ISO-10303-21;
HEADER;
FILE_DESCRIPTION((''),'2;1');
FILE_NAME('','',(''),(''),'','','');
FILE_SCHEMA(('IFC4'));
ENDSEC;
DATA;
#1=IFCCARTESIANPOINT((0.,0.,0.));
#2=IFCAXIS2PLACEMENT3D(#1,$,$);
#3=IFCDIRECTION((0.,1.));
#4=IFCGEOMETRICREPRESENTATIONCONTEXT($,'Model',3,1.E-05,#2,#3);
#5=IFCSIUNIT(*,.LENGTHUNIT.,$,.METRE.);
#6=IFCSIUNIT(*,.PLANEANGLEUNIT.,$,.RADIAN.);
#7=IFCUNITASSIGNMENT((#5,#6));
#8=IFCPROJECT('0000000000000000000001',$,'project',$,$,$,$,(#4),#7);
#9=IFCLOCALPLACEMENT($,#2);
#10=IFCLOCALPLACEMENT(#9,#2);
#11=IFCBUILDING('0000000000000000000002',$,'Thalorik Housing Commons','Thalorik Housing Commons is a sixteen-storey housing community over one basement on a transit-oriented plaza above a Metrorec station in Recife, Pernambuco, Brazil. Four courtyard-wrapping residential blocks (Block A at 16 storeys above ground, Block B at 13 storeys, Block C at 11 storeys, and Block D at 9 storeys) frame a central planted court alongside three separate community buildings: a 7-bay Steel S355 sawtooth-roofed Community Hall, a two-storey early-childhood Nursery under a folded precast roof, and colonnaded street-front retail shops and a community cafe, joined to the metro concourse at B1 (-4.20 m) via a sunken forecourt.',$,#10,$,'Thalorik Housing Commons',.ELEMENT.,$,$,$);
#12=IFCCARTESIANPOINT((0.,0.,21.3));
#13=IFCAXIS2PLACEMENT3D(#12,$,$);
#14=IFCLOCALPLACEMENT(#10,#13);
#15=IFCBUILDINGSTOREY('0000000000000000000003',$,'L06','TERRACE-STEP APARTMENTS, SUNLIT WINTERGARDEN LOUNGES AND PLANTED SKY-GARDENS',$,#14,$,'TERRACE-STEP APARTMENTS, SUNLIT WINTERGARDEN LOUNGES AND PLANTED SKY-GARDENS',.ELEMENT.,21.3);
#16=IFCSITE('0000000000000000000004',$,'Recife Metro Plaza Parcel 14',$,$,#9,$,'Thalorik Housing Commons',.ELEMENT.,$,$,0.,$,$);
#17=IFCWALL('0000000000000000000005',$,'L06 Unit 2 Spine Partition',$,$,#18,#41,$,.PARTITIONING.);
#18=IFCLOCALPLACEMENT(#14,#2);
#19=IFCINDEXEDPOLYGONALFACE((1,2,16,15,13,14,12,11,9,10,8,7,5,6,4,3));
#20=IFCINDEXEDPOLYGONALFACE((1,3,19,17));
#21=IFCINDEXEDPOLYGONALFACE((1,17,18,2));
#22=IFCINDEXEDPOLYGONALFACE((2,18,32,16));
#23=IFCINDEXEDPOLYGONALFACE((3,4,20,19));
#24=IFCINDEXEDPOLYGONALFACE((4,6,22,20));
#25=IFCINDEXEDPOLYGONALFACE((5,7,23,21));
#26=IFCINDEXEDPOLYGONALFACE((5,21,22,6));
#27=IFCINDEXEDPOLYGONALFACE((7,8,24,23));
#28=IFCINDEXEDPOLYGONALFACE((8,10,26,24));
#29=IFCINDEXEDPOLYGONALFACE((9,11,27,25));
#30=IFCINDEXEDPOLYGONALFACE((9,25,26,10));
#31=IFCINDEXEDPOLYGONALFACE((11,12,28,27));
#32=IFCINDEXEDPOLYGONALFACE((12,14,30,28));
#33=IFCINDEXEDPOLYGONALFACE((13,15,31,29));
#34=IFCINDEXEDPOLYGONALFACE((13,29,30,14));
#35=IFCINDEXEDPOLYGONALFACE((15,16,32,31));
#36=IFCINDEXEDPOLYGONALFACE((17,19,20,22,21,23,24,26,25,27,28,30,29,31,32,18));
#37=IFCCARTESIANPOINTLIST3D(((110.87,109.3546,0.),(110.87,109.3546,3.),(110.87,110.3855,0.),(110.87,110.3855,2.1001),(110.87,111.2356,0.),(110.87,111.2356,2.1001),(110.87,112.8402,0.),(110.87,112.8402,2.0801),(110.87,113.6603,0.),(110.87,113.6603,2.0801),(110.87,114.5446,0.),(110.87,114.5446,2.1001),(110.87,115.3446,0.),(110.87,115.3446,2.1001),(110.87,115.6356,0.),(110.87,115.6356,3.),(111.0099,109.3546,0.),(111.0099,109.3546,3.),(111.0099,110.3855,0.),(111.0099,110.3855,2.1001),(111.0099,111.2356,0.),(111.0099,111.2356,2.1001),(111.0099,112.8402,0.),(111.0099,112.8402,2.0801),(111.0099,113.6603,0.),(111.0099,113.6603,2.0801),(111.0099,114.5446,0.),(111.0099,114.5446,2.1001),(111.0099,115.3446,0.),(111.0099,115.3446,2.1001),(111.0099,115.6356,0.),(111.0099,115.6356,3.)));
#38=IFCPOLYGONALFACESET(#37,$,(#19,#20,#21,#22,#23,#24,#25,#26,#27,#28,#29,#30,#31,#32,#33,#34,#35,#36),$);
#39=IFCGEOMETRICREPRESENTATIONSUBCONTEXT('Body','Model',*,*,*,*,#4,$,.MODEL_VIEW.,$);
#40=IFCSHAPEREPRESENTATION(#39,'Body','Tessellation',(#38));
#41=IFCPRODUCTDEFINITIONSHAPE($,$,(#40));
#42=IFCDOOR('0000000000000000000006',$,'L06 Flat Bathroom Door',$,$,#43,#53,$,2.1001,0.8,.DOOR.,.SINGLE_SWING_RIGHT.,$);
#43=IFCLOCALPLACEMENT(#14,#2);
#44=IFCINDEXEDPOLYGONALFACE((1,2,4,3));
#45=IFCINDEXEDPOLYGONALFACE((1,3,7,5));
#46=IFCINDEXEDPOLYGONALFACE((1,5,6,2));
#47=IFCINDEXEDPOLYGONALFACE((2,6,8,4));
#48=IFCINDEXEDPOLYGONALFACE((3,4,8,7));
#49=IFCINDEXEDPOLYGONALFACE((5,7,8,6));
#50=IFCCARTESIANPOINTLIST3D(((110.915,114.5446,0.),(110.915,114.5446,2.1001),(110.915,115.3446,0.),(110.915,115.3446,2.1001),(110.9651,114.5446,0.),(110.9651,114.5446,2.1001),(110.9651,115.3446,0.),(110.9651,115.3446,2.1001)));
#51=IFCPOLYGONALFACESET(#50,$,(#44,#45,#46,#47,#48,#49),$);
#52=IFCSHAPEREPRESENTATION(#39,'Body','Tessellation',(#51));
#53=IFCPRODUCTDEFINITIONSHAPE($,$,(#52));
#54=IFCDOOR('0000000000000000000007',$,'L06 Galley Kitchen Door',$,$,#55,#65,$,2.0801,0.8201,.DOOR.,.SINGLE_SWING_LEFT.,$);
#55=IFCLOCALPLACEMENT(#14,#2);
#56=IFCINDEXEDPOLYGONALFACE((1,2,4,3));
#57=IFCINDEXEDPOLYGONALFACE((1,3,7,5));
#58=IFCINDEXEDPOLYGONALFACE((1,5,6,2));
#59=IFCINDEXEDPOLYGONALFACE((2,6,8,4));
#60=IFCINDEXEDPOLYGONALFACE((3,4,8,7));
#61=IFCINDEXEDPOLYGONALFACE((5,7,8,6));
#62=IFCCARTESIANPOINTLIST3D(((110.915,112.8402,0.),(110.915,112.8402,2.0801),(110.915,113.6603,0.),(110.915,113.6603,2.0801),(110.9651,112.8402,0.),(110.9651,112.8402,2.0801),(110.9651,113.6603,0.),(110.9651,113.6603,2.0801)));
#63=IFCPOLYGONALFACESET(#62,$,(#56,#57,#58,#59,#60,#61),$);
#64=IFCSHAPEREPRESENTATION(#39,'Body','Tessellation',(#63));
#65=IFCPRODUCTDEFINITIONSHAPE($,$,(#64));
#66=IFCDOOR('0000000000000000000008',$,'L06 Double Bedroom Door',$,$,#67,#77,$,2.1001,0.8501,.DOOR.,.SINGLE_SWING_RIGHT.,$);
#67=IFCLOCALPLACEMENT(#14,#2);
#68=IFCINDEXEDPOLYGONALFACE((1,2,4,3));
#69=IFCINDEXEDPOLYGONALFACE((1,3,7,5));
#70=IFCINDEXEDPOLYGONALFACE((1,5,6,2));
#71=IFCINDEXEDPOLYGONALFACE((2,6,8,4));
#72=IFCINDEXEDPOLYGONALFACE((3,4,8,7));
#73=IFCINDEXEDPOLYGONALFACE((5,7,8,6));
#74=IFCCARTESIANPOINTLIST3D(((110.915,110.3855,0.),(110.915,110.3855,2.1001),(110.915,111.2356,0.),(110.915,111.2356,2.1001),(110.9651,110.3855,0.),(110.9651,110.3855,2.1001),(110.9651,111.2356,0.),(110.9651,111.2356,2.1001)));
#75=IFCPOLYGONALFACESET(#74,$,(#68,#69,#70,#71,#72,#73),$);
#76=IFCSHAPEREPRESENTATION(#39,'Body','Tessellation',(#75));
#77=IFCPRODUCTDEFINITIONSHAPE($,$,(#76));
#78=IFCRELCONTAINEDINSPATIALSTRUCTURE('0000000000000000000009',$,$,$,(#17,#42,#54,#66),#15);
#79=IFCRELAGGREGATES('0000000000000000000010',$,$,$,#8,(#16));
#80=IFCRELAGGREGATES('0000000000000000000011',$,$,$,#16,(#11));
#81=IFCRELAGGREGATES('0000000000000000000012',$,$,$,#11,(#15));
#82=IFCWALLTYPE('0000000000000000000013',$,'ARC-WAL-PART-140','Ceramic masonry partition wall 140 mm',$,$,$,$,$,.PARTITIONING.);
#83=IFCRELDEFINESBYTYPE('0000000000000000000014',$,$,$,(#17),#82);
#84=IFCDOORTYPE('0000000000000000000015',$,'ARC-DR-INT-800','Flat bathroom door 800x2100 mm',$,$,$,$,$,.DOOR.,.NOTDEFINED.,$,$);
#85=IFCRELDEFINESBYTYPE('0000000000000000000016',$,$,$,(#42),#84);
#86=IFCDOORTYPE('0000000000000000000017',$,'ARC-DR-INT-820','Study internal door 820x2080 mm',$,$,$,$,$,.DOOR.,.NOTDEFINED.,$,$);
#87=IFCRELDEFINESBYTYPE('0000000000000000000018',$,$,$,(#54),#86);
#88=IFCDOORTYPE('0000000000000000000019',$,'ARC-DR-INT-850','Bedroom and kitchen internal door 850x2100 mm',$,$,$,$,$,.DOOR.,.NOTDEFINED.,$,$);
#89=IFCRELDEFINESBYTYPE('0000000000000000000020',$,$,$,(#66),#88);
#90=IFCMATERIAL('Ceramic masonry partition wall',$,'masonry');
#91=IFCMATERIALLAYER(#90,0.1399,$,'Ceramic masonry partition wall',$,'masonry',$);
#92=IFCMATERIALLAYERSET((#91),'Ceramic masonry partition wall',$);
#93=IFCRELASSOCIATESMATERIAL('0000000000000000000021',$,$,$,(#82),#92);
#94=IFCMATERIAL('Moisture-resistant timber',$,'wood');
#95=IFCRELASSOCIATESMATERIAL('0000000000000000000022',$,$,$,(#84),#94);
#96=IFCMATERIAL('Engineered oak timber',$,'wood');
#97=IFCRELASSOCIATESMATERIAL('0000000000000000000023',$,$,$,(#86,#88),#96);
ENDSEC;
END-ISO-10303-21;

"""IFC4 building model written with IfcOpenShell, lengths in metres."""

from ifc_helpers import new_model, si_unit, direction, frame, frame_2d, origin, place, context, subcontext, project, spatial, rectangle, extrude, material, layer, layer_set, type_object, element, fill, save


model = new_model("IFC4")

# Units and contexts
model_context = context("Model", 3, precision=1e-05, world=origin(), true_north=direction((0.0, 1.0)))
body_context = subcontext(model_context, "Body", "Model", "MODEL_VIEW")
ifc_project = project(units=[si_unit("LENGTHUNIT", "METRE"), si_unit("PLANEANGLEUNIT", "RADIAN")], contexts=[model_context])

# Site, building, storey
site_placement = place(None, origin())
site = spatial("IfcSite", under=ifc_project, at=site_placement, Name="Recife Metro Plaza Parcel 14", LongName="Thalorik Housing Commons", CompositionType="ELEMENT", RefElevation=0.0)
building_placement = place(site_placement, origin())
building = spatial("IfcBuilding", under=site, at=building_placement, Name="Thalorik Housing Commons", Description="Thalorik Housing Commons is a sixteen-storey housing community over one basement on a transit-oriented plaza above a Metrorec station in Recife, Pernambuco, Brazil. Four courtyard-wrapping residential blocks (Block A at 16 storeys above ground, Block B at 13 storeys, Block C at 11 storeys, and Block D at 9 storeys) frame a central planted court alongside three separate community buildings: a 7-bay Steel S355 sawtooth-roofed Community Hall, a two-storey early-childhood Nursery under a folded precast roof, and colonnaded street-front retail shops and a community cafe, joined to the metro concourse at B1 (-4.20 m) via a sunken forecourt.", LongName="Thalorik Housing Commons", CompositionType="ELEMENT")
storey_placement = place(building_placement, frame((0.0, 0.0, 21.3)))
storey = spatial("IfcBuildingStorey", under=building, at=storey_placement, Name="L06", Description="TERRACE-STEP APARTMENTS, SUNLIT WINTERGARDEN LOUNGES AND PLANTED SKY-GARDENS", LongName="TERRACE-STEP APARTMENTS, SUNLIT WINTERGARDEN LOUNGES AND PLANTED SKY-GARDENS", CompositionType="ELEMENT", Elevation=21.3)

# Wall, openings, doors
ifc_material_1 = material(Name="Ceramic masonry partition wall", Category="masonry")
ifc_layer_1 = layer(ifc_material_1, 0.1399, Name="Ceramic masonry partition wall", Category="masonry")
ifc_layer_set_1 = layer_set([ifc_layer_1], Name="Ceramic masonry partition wall")
wall_type_1 = type_object("IfcWallType", Name="ARC-WAL-PART-140", Description="Ceramic masonry partition wall 140 mm", PredefinedType="PARTITIONING", material=ifc_layer_set_1)
wall_1_placement = place(storey_placement, frame((110.9399, 109.3545, 0.0), z_axis=(0.0, 0.0, 1.0), x_axis=(0.0, 1.0, 0.0)))
wall_1 = element("IfcWall", 1, at=wall_1_placement, inside=storey, type_object=wall_type_1, Name="L06 Unit 2 Spine Partition", PredefinedType="PARTITIONING", context=body_context, shape_type="SweptSolid", body=[
    extrude(rectangle(XDim=6.281, YDim=0.1399, at=frame_2d((3.1406, 0.0))), origin(), (0.0, 0.0, 1.0), 3.0),
])
opening_1_placement = place(wall_1_placement, frame((1.031, 0.0, 0.0)))
opening_1 = element("IfcOpeningElement", 2, at=opening_1_placement, cuts=wall_1, PredefinedType="OPENING", context=body_context, shape_type="SweptSolid", body=[
    extrude(rectangle(XDim=0.8501, YDim=2.1001, at=frame_2d((0.425, 1.05))), frame((0.0, 0.0801, 0.0), z_axis=(0.0, -1.0, 0.0), x_axis=(1.0, 0.0, 0.0)), (0.0, 0.0, 1.0), 0.1599),
])
opening_2_placement = place(wall_1_placement, frame((3.4856, 0.0, 0.0)))
opening_2 = element("IfcOpeningElement", 3, at=opening_2_placement, cuts=wall_1, PredefinedType="OPENING", context=body_context, shape_type="SweptSolid", body=[
    extrude(rectangle(XDim=0.8201, YDim=2.0801, at=frame_2d((0.4102, 1.04))), frame((0.0, 0.0801, 0.0), z_axis=(0.0, -1.0, 0.0), x_axis=(1.0, 0.0, 0.0)), (0.0, 0.0, 1.0), 0.1599),
])
opening_3_placement = place(wall_1_placement, frame((5.1902, 0.0, 0.0)))
opening_3 = element("IfcOpeningElement", 4, at=opening_3_placement, cuts=wall_1, PredefinedType="OPENING", context=body_context, shape_type="SweptSolid", body=[
    extrude(rectangle(XDim=0.8, YDim=2.1001, at=frame_2d((0.3999, 1.05))), frame((0.0, 0.0801, 0.0), z_axis=(0.0, -1.0, 0.0), x_axis=(1.0, 0.0, 0.0)), (0.0, 0.0, 1.0), 0.1599),
])
ifc_material_2 = material(Name="Moisture-resistant timber", Category="wood")
door_type_1 = type_object("IfcDoorType", Name="ARC-DR-INT-800", Description="Flat bathroom door 800x2100 mm", OperationType="NOTDEFINED", PredefinedType="DOOR", material=ifc_material_2)
door_1_placement = place(opening_3_placement, origin())
door_1 = element("IfcDoor", 5, at=door_1_placement, inside=storey, type_object=door_type_1, Name="L06 Flat Bathroom Door", OperationType="SINGLE_SWING_RIGHT", OverallHeight=2.1001, OverallWidth=0.8, PredefinedType="DOOR", context=body_context, shape_type="SweptSolid", body=[
    extrude(rectangle(XDim=0.8, YDim=2.1001, at=frame_2d((0.3999, 1.05))), frame((0.0, 0.0249, 0.0), z_axis=(0.0, -1.0, 0.0), x_axis=(1.0, 0.0, 0.0)), (0.0, 0.0, 1.0), 0.05),
])
fill(opening_3, door_1)
ifc_material_3 = material(Name="Engineered oak timber", Category="wood")
door_type_2 = type_object("IfcDoorType", Name="ARC-DR-INT-820", Description="Study internal door 820x2080 mm", OperationType="NOTDEFINED", PredefinedType="DOOR", material=ifc_material_3)
door_2_placement = place(opening_2_placement, origin())
door_2 = element("IfcDoor", 6, at=door_2_placement, inside=storey, type_object=door_type_2, Name="L06 Galley Kitchen Door", OperationType="SINGLE_SWING_LEFT", OverallHeight=2.0801, OverallWidth=0.8201, PredefinedType="DOOR", context=body_context, shape_type="SweptSolid", body=[
    extrude(rectangle(XDim=0.8201, YDim=2.0801, at=frame_2d((0.4102, 1.04))), frame((0.0, 0.0249, 0.0), z_axis=(0.0, -1.0, 0.0), x_axis=(1.0, 0.0, 0.0)), (0.0, 0.0, 1.0), 0.05),
])
fill(opening_2, door_2)
door_type_3 = type_object("IfcDoorType", Name="ARC-DR-INT-850", Description="Bedroom and kitchen internal door 850x2100 mm", OperationType="NOTDEFINED", PredefinedType="DOOR", material=ifc_material_3)
door_3_placement = place(opening_1_placement, origin())
door_3 = element("IfcDoor", 7, at=door_3_placement, inside=storey, type_object=door_type_3, Name="L06 Double Bedroom Door", OperationType="SINGLE_SWING_RIGHT", OverallHeight=2.1001, OverallWidth=0.8501, PredefinedType="DOOR", context=body_context, shape_type="SweptSolid", body=[
    extrude(rectangle(XDim=0.8501, YDim=2.1001, at=frame_2d((0.425, 1.05))), frame((0.0, 0.0249, 0.0), z_axis=(0.0, -1.0, 0.0), x_axis=(1.0, 0.0, 0.0)), (0.0, 0.0, 1.0), 0.05),
])
fill(opening_1, door_3)

save(model, "model.ifc")
